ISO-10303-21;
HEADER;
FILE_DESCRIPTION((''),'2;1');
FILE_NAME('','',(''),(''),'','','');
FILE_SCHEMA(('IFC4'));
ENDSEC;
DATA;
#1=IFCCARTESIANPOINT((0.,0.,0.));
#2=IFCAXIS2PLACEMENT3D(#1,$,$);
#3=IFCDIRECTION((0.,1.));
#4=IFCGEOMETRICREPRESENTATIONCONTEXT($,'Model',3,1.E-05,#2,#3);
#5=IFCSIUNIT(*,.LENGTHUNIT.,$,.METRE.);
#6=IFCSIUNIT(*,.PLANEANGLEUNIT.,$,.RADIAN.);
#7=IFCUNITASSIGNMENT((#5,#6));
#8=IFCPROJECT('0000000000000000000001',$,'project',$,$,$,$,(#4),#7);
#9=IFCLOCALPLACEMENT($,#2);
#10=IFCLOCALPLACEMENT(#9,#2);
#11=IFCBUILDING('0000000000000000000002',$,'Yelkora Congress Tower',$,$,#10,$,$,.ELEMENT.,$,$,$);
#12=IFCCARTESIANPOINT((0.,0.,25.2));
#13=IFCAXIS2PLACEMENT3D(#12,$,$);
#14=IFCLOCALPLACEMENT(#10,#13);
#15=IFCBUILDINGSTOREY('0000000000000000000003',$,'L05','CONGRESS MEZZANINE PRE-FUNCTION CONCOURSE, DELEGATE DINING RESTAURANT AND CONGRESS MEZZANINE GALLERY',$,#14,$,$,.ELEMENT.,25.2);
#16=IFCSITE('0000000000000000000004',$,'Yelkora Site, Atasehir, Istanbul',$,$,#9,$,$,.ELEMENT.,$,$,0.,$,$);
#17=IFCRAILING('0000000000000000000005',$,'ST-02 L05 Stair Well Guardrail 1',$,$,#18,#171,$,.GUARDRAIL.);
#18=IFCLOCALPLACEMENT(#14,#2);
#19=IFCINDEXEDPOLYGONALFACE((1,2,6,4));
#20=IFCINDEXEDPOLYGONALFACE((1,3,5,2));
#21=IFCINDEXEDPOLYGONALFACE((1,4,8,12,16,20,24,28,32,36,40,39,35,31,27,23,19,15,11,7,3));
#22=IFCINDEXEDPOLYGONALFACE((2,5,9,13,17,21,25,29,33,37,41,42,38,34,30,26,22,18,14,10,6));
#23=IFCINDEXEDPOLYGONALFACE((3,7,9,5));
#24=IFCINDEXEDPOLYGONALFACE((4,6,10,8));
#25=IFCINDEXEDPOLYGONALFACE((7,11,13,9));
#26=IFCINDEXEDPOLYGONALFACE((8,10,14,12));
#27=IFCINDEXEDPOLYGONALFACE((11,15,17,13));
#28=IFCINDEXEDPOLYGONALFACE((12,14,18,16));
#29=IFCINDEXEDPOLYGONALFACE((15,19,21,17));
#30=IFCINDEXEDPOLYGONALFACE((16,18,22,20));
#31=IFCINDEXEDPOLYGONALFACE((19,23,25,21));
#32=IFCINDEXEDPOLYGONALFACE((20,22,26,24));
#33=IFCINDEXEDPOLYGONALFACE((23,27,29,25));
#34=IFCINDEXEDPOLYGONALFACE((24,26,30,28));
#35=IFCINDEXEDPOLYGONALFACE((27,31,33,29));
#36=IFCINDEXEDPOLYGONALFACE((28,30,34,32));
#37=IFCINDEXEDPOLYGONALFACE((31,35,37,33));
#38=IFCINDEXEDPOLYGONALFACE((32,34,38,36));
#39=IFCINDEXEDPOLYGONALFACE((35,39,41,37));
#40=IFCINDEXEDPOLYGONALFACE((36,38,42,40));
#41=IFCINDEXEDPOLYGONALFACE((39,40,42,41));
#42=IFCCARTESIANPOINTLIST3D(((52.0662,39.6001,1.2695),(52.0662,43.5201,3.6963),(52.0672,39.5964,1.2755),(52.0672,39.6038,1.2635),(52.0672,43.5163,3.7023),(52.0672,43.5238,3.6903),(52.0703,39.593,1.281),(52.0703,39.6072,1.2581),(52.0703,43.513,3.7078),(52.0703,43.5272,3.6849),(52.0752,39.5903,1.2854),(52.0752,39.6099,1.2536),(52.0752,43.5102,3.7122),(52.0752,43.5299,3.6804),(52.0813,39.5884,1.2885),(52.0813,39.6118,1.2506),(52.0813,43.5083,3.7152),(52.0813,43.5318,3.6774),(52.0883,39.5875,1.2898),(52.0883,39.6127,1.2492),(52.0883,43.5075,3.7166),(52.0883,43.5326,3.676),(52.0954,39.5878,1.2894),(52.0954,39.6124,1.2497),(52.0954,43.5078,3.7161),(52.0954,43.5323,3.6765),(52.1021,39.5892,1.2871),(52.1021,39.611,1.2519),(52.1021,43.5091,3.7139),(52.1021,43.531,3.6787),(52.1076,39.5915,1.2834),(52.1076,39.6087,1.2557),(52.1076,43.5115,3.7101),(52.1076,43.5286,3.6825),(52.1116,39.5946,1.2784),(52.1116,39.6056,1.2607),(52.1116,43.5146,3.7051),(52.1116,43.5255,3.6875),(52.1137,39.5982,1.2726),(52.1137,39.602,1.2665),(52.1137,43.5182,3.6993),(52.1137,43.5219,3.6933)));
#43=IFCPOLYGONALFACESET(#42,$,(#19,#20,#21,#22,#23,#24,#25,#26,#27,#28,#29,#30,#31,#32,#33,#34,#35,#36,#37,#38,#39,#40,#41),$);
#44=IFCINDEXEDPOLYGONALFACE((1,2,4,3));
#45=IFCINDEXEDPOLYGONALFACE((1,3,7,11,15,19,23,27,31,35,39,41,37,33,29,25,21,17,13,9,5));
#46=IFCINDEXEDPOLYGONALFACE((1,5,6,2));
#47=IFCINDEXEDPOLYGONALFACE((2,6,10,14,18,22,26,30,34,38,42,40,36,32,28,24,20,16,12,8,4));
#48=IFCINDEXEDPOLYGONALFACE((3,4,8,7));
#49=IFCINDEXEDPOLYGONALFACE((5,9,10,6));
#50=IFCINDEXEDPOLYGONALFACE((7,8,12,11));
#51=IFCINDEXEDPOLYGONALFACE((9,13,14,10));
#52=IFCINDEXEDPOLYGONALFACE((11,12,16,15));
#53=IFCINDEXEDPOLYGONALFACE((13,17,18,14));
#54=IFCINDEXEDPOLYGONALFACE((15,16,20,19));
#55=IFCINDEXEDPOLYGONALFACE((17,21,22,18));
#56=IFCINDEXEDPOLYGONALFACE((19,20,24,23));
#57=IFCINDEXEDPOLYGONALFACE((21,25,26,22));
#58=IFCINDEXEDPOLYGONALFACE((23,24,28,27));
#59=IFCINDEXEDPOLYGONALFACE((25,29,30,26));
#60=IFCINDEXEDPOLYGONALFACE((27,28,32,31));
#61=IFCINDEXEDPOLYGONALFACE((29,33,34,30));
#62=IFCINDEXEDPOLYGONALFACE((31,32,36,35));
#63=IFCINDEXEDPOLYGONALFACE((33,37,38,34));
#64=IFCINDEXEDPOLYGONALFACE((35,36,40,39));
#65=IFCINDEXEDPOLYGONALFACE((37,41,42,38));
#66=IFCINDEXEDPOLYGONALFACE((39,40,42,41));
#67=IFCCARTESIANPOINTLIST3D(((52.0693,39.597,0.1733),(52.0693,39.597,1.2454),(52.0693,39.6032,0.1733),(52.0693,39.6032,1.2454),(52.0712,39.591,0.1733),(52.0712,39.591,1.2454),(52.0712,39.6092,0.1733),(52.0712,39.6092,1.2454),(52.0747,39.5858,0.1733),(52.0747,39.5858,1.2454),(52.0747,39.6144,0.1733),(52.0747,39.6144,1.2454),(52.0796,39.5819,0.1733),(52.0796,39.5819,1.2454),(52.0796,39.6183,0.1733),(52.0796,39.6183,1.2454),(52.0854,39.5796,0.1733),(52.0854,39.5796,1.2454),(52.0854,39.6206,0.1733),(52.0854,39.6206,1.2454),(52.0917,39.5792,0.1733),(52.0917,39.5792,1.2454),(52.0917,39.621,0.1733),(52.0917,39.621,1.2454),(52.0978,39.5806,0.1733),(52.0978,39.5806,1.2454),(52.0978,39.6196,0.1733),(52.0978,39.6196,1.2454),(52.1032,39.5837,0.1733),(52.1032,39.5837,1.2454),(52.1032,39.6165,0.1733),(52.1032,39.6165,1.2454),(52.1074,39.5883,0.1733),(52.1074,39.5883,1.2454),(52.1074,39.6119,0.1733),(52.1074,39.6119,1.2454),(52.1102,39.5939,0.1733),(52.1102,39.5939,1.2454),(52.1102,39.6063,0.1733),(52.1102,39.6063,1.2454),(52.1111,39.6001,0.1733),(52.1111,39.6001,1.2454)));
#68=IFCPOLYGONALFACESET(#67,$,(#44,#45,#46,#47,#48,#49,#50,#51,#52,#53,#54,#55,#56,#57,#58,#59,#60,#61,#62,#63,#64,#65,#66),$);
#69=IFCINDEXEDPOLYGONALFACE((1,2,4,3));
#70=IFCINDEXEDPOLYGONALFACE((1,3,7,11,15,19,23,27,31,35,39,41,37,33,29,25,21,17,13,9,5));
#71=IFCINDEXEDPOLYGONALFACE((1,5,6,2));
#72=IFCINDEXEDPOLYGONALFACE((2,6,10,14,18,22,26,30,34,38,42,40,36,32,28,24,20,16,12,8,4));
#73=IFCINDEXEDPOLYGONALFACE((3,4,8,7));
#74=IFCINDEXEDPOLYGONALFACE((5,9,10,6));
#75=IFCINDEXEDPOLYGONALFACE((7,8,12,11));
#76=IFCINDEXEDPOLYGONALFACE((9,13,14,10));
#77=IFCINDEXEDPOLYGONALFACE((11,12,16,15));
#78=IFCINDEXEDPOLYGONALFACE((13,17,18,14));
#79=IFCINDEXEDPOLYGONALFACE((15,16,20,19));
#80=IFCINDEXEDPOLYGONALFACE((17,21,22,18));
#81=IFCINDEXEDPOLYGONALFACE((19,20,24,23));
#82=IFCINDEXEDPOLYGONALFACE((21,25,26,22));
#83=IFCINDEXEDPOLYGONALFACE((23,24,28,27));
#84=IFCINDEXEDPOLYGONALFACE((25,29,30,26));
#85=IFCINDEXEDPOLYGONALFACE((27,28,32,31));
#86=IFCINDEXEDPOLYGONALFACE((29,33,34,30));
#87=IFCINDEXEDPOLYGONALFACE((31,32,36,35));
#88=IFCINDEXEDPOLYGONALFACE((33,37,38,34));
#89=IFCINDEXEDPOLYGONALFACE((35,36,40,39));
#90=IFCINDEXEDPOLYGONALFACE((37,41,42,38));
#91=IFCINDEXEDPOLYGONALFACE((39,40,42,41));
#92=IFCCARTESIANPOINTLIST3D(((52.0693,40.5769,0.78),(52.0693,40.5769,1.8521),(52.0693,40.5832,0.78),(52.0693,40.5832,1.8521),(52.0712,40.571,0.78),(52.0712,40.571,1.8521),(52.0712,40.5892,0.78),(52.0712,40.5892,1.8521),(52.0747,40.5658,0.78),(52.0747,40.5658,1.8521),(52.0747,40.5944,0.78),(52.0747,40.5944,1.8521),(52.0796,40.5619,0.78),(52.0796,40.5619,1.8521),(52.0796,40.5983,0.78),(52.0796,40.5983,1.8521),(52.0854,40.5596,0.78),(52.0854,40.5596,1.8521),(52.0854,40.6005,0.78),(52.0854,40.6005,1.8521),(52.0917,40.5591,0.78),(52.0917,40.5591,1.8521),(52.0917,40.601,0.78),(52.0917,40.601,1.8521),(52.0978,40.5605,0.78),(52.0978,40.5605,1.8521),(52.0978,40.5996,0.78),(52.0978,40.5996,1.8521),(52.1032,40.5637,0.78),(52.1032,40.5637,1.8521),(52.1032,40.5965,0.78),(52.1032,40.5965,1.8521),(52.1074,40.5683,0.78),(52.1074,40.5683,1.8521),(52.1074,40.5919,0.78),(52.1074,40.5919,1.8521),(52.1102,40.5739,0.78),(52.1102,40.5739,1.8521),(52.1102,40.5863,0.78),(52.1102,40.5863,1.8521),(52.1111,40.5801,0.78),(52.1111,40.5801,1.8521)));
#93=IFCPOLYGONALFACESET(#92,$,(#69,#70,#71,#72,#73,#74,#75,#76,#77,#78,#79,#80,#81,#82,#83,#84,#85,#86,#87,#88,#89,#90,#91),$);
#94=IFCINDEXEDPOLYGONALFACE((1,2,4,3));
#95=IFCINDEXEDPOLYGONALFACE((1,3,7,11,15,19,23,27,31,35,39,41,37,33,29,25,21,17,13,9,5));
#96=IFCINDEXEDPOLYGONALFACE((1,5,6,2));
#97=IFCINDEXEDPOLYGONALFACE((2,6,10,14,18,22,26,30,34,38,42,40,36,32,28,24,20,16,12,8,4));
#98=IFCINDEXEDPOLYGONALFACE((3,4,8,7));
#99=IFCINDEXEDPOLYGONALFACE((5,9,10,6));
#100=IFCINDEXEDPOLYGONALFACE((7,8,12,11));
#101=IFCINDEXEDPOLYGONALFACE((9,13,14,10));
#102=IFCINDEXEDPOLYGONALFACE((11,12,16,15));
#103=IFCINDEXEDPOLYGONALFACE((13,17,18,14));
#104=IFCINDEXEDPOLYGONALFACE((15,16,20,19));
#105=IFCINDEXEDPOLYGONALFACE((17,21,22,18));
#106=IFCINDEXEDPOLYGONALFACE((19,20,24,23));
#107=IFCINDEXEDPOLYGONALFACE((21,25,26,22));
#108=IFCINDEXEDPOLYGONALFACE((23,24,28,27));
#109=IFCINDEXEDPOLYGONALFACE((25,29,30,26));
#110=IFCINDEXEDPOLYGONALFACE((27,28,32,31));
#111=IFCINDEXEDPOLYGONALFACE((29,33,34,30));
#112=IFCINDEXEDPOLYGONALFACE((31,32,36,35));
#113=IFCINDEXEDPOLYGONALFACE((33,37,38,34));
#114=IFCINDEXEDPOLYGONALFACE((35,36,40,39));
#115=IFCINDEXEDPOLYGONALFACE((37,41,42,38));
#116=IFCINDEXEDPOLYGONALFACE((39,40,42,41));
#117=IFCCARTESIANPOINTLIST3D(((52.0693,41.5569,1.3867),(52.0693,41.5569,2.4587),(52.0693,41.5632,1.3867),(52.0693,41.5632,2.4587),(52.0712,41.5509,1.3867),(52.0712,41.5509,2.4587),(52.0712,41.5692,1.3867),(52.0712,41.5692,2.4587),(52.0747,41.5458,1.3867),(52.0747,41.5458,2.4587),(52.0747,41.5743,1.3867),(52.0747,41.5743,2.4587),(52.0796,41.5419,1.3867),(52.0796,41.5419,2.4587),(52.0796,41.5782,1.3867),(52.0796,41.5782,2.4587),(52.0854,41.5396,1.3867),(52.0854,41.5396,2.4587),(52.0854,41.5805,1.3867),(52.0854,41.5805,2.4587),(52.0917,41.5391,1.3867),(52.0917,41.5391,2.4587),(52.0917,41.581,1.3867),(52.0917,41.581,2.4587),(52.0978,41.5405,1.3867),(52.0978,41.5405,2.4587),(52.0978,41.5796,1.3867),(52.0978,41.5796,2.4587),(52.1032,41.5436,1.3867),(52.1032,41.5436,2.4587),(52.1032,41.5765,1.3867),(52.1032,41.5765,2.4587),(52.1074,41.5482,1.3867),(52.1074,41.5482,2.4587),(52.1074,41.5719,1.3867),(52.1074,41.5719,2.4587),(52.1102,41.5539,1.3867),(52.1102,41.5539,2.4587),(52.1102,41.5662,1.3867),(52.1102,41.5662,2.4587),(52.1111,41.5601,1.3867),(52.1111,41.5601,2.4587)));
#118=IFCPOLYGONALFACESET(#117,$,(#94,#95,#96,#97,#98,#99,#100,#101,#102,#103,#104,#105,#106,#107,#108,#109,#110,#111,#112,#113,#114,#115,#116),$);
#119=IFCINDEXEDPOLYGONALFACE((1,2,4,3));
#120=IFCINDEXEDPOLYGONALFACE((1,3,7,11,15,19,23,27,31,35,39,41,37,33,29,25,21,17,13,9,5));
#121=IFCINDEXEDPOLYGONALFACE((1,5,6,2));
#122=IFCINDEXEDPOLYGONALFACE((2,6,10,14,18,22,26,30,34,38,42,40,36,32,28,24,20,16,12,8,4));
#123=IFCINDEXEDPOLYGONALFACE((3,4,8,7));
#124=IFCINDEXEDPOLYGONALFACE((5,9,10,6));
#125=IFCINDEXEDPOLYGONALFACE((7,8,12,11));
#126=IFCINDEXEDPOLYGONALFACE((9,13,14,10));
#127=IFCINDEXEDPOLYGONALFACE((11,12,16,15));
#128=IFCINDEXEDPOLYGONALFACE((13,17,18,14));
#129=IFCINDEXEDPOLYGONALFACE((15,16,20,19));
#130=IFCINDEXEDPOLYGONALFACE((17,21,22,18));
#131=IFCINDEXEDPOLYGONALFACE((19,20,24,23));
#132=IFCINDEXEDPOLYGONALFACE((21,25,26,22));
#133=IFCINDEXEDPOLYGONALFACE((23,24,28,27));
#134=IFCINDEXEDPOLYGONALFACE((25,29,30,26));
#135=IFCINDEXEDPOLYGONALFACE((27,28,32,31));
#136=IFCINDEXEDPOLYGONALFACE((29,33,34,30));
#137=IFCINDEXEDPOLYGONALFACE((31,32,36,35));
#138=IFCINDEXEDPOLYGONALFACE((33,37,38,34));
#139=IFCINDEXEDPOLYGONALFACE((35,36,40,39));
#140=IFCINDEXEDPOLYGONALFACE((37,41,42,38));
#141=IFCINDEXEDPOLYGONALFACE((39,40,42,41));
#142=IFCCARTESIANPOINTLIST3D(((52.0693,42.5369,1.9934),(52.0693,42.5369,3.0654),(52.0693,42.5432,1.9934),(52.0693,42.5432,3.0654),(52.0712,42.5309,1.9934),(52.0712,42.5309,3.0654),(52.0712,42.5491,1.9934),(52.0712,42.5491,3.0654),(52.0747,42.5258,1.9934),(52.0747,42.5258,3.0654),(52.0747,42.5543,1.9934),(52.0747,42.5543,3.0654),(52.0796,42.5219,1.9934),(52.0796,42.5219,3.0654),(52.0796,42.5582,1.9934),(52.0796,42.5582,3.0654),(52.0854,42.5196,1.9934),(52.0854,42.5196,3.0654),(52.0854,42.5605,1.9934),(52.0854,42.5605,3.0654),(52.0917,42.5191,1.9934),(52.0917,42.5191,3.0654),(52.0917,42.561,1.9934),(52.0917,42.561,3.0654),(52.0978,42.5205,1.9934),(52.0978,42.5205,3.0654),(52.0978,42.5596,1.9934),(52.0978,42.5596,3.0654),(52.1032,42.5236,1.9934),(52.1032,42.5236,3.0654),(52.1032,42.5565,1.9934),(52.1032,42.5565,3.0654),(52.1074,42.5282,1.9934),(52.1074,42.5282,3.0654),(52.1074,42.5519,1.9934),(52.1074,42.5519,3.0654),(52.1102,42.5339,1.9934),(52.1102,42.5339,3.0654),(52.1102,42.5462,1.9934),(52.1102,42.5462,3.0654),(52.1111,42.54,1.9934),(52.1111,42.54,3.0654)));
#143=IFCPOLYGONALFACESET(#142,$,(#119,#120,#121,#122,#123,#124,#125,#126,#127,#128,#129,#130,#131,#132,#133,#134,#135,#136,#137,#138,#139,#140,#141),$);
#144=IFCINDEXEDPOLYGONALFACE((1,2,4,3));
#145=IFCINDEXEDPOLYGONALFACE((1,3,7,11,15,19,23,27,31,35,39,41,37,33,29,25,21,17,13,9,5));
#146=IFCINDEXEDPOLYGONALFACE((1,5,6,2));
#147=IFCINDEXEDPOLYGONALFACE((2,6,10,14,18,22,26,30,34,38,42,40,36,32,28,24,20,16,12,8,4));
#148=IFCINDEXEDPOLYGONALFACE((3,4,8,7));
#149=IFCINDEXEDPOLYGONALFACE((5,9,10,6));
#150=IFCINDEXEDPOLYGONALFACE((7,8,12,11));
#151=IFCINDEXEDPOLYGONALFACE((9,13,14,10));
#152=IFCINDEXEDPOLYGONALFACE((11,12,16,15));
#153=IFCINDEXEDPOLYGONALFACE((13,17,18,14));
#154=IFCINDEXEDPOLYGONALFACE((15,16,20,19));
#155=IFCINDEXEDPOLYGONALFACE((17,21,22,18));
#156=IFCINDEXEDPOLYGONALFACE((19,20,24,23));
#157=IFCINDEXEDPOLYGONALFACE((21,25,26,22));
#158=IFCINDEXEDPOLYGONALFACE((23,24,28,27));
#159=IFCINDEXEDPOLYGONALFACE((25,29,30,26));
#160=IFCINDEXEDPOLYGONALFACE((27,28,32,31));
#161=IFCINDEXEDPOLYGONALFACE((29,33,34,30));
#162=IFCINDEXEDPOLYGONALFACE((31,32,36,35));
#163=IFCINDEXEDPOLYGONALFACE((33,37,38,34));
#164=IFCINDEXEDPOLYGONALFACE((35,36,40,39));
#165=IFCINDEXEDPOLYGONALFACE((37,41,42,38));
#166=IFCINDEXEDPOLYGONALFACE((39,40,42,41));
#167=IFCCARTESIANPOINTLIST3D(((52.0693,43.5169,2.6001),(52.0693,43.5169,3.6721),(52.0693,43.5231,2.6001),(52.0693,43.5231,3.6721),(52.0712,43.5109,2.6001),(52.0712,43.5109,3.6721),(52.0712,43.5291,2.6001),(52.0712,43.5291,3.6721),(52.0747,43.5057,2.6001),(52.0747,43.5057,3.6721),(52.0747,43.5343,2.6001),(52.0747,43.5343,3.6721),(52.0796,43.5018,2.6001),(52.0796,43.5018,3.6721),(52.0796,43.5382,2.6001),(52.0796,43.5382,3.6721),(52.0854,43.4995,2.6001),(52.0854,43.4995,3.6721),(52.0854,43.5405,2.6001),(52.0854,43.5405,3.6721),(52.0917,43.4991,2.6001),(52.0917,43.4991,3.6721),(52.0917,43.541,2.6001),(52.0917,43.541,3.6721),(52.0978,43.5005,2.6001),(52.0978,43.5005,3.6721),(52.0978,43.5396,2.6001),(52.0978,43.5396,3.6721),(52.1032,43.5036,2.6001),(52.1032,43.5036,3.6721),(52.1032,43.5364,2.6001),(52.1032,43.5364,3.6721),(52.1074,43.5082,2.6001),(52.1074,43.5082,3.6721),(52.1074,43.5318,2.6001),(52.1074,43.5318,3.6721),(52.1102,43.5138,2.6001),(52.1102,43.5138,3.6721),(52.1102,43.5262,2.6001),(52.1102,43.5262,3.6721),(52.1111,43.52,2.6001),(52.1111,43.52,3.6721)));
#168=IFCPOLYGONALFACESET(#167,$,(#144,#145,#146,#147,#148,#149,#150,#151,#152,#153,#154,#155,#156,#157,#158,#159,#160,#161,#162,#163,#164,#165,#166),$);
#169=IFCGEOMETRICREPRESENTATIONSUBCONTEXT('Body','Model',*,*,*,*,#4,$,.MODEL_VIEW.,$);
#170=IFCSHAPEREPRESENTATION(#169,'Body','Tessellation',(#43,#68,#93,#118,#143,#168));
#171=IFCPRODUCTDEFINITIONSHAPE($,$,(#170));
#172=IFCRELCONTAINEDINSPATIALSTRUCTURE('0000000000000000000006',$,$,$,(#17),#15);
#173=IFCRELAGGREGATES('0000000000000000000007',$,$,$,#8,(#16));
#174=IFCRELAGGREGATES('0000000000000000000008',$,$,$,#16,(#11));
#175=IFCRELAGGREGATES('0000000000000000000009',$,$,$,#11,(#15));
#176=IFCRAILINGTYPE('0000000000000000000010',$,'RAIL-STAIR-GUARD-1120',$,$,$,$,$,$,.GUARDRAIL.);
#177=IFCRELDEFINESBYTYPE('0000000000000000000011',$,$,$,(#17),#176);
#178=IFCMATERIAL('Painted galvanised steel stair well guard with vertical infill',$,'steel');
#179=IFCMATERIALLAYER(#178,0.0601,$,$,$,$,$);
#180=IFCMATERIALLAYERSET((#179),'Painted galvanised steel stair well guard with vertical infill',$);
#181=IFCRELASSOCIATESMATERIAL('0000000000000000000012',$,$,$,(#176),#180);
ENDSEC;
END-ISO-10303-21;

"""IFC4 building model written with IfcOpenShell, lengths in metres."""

from ifc_helpers import new_model, si_unit, direction, frame, origin, origin_2d, place, context, subcontext, project, spatial, circle, extrude, material, layer, layer_set, type_object, element, save


model = new_model("IFC4")

# Units and contexts
model_context = context("Model", 3, precision=1e-05, world=origin(), true_north=direction((0.0, 1.0)))
body_context = subcontext(model_context, "Body", "Model", "MODEL_VIEW")
ifc_project = project(units=[si_unit("LENGTHUNIT", "METRE"), si_unit("PLANEANGLEUNIT", "RADIAN")], contexts=[model_context])

# Site, building, storey
site_placement = place(None, origin())
site = spatial("IfcSite", under=ifc_project, at=site_placement, Name="Yelkora Site, Atasehir, Istanbul", CompositionType="ELEMENT", RefElevation=0.0)
building_placement = place(site_placement, origin())
building = spatial("IfcBuilding", under=site, at=building_placement, Name="Yelkora Congress Tower", CompositionType="ELEMENT")
storey_placement = place(building_placement, frame((0.0, 0.0, 25.2)))
storey = spatial("IfcBuildingStorey", under=building, at=storey_placement, Name="L05", Description="CONGRESS MEZZANINE PRE-FUNCTION CONCOURSE, DELEGATE DINING RESTAURANT AND CONGRESS MEZZANINE GALLERY", CompositionType="ELEMENT", Elevation=25.2)

# Railing
ifc_material_1 = material(Name="Painted galvanised steel stair well guard with vertical infill", Category="steel")
ifc_layer_1 = layer(ifc_material_1, 0.0601)
ifc_layer_set_1 = layer_set([ifc_layer_1], Name="Painted galvanised steel stair well guard with vertical infill")
railing_type_1 = type_object("IfcRailingType", Name="RAIL-STAIR-GUARD-1120", PredefinedType="GUARDRAIL", material=ifc_layer_set_1)
railing_1_placement = place(storey_placement, frame((52.0901, 39.6001, 0.1733)))
element("IfcRailing", 1, at=railing_1_placement, inside=storey, type_object=railing_type_1, Name="ST-02 L05 Stair Well Guardrail 1", PredefinedType="GUARDRAIL", context=body_context, shape_type="SweptSolid", body=[
    extrude(circle(Radius=0.0239, at=origin_2d()), frame((0.0, 0.0, 1.0962), z_axis=(0.0, 0.850252, 0.526376), x_axis=(-1.0, 0.0, 0.0)), (0.0, 0.0, 1.0), 4.6104),
    extrude(circle(Radius=0.021, at=origin_2d()), origin(), (0.0, 0.0, 1.0), 1.072),
    extrude(circle(Radius=0.021, at=origin_2d()), frame((0.0, 0.98, 0.6067)), (0.0, 0.0, 1.0), 1.072),
    extrude(circle(Radius=0.021, at=origin_2d()), frame((0.0, 1.96, 1.2134)), (0.0, 0.0, 1.0), 1.072),
    extrude(circle(Radius=0.021, at=origin_2d()), frame((0.0, 2.9399, 1.8201)), (0.0, 0.0, 1.0), 1.072),
    extrude(circle(Radius=0.021, at=origin_2d()), frame((0.0, 3.9199, 2.4268)), (0.0, 0.0, 1.0), 1.072),
])

save(model, "model.ifc")
